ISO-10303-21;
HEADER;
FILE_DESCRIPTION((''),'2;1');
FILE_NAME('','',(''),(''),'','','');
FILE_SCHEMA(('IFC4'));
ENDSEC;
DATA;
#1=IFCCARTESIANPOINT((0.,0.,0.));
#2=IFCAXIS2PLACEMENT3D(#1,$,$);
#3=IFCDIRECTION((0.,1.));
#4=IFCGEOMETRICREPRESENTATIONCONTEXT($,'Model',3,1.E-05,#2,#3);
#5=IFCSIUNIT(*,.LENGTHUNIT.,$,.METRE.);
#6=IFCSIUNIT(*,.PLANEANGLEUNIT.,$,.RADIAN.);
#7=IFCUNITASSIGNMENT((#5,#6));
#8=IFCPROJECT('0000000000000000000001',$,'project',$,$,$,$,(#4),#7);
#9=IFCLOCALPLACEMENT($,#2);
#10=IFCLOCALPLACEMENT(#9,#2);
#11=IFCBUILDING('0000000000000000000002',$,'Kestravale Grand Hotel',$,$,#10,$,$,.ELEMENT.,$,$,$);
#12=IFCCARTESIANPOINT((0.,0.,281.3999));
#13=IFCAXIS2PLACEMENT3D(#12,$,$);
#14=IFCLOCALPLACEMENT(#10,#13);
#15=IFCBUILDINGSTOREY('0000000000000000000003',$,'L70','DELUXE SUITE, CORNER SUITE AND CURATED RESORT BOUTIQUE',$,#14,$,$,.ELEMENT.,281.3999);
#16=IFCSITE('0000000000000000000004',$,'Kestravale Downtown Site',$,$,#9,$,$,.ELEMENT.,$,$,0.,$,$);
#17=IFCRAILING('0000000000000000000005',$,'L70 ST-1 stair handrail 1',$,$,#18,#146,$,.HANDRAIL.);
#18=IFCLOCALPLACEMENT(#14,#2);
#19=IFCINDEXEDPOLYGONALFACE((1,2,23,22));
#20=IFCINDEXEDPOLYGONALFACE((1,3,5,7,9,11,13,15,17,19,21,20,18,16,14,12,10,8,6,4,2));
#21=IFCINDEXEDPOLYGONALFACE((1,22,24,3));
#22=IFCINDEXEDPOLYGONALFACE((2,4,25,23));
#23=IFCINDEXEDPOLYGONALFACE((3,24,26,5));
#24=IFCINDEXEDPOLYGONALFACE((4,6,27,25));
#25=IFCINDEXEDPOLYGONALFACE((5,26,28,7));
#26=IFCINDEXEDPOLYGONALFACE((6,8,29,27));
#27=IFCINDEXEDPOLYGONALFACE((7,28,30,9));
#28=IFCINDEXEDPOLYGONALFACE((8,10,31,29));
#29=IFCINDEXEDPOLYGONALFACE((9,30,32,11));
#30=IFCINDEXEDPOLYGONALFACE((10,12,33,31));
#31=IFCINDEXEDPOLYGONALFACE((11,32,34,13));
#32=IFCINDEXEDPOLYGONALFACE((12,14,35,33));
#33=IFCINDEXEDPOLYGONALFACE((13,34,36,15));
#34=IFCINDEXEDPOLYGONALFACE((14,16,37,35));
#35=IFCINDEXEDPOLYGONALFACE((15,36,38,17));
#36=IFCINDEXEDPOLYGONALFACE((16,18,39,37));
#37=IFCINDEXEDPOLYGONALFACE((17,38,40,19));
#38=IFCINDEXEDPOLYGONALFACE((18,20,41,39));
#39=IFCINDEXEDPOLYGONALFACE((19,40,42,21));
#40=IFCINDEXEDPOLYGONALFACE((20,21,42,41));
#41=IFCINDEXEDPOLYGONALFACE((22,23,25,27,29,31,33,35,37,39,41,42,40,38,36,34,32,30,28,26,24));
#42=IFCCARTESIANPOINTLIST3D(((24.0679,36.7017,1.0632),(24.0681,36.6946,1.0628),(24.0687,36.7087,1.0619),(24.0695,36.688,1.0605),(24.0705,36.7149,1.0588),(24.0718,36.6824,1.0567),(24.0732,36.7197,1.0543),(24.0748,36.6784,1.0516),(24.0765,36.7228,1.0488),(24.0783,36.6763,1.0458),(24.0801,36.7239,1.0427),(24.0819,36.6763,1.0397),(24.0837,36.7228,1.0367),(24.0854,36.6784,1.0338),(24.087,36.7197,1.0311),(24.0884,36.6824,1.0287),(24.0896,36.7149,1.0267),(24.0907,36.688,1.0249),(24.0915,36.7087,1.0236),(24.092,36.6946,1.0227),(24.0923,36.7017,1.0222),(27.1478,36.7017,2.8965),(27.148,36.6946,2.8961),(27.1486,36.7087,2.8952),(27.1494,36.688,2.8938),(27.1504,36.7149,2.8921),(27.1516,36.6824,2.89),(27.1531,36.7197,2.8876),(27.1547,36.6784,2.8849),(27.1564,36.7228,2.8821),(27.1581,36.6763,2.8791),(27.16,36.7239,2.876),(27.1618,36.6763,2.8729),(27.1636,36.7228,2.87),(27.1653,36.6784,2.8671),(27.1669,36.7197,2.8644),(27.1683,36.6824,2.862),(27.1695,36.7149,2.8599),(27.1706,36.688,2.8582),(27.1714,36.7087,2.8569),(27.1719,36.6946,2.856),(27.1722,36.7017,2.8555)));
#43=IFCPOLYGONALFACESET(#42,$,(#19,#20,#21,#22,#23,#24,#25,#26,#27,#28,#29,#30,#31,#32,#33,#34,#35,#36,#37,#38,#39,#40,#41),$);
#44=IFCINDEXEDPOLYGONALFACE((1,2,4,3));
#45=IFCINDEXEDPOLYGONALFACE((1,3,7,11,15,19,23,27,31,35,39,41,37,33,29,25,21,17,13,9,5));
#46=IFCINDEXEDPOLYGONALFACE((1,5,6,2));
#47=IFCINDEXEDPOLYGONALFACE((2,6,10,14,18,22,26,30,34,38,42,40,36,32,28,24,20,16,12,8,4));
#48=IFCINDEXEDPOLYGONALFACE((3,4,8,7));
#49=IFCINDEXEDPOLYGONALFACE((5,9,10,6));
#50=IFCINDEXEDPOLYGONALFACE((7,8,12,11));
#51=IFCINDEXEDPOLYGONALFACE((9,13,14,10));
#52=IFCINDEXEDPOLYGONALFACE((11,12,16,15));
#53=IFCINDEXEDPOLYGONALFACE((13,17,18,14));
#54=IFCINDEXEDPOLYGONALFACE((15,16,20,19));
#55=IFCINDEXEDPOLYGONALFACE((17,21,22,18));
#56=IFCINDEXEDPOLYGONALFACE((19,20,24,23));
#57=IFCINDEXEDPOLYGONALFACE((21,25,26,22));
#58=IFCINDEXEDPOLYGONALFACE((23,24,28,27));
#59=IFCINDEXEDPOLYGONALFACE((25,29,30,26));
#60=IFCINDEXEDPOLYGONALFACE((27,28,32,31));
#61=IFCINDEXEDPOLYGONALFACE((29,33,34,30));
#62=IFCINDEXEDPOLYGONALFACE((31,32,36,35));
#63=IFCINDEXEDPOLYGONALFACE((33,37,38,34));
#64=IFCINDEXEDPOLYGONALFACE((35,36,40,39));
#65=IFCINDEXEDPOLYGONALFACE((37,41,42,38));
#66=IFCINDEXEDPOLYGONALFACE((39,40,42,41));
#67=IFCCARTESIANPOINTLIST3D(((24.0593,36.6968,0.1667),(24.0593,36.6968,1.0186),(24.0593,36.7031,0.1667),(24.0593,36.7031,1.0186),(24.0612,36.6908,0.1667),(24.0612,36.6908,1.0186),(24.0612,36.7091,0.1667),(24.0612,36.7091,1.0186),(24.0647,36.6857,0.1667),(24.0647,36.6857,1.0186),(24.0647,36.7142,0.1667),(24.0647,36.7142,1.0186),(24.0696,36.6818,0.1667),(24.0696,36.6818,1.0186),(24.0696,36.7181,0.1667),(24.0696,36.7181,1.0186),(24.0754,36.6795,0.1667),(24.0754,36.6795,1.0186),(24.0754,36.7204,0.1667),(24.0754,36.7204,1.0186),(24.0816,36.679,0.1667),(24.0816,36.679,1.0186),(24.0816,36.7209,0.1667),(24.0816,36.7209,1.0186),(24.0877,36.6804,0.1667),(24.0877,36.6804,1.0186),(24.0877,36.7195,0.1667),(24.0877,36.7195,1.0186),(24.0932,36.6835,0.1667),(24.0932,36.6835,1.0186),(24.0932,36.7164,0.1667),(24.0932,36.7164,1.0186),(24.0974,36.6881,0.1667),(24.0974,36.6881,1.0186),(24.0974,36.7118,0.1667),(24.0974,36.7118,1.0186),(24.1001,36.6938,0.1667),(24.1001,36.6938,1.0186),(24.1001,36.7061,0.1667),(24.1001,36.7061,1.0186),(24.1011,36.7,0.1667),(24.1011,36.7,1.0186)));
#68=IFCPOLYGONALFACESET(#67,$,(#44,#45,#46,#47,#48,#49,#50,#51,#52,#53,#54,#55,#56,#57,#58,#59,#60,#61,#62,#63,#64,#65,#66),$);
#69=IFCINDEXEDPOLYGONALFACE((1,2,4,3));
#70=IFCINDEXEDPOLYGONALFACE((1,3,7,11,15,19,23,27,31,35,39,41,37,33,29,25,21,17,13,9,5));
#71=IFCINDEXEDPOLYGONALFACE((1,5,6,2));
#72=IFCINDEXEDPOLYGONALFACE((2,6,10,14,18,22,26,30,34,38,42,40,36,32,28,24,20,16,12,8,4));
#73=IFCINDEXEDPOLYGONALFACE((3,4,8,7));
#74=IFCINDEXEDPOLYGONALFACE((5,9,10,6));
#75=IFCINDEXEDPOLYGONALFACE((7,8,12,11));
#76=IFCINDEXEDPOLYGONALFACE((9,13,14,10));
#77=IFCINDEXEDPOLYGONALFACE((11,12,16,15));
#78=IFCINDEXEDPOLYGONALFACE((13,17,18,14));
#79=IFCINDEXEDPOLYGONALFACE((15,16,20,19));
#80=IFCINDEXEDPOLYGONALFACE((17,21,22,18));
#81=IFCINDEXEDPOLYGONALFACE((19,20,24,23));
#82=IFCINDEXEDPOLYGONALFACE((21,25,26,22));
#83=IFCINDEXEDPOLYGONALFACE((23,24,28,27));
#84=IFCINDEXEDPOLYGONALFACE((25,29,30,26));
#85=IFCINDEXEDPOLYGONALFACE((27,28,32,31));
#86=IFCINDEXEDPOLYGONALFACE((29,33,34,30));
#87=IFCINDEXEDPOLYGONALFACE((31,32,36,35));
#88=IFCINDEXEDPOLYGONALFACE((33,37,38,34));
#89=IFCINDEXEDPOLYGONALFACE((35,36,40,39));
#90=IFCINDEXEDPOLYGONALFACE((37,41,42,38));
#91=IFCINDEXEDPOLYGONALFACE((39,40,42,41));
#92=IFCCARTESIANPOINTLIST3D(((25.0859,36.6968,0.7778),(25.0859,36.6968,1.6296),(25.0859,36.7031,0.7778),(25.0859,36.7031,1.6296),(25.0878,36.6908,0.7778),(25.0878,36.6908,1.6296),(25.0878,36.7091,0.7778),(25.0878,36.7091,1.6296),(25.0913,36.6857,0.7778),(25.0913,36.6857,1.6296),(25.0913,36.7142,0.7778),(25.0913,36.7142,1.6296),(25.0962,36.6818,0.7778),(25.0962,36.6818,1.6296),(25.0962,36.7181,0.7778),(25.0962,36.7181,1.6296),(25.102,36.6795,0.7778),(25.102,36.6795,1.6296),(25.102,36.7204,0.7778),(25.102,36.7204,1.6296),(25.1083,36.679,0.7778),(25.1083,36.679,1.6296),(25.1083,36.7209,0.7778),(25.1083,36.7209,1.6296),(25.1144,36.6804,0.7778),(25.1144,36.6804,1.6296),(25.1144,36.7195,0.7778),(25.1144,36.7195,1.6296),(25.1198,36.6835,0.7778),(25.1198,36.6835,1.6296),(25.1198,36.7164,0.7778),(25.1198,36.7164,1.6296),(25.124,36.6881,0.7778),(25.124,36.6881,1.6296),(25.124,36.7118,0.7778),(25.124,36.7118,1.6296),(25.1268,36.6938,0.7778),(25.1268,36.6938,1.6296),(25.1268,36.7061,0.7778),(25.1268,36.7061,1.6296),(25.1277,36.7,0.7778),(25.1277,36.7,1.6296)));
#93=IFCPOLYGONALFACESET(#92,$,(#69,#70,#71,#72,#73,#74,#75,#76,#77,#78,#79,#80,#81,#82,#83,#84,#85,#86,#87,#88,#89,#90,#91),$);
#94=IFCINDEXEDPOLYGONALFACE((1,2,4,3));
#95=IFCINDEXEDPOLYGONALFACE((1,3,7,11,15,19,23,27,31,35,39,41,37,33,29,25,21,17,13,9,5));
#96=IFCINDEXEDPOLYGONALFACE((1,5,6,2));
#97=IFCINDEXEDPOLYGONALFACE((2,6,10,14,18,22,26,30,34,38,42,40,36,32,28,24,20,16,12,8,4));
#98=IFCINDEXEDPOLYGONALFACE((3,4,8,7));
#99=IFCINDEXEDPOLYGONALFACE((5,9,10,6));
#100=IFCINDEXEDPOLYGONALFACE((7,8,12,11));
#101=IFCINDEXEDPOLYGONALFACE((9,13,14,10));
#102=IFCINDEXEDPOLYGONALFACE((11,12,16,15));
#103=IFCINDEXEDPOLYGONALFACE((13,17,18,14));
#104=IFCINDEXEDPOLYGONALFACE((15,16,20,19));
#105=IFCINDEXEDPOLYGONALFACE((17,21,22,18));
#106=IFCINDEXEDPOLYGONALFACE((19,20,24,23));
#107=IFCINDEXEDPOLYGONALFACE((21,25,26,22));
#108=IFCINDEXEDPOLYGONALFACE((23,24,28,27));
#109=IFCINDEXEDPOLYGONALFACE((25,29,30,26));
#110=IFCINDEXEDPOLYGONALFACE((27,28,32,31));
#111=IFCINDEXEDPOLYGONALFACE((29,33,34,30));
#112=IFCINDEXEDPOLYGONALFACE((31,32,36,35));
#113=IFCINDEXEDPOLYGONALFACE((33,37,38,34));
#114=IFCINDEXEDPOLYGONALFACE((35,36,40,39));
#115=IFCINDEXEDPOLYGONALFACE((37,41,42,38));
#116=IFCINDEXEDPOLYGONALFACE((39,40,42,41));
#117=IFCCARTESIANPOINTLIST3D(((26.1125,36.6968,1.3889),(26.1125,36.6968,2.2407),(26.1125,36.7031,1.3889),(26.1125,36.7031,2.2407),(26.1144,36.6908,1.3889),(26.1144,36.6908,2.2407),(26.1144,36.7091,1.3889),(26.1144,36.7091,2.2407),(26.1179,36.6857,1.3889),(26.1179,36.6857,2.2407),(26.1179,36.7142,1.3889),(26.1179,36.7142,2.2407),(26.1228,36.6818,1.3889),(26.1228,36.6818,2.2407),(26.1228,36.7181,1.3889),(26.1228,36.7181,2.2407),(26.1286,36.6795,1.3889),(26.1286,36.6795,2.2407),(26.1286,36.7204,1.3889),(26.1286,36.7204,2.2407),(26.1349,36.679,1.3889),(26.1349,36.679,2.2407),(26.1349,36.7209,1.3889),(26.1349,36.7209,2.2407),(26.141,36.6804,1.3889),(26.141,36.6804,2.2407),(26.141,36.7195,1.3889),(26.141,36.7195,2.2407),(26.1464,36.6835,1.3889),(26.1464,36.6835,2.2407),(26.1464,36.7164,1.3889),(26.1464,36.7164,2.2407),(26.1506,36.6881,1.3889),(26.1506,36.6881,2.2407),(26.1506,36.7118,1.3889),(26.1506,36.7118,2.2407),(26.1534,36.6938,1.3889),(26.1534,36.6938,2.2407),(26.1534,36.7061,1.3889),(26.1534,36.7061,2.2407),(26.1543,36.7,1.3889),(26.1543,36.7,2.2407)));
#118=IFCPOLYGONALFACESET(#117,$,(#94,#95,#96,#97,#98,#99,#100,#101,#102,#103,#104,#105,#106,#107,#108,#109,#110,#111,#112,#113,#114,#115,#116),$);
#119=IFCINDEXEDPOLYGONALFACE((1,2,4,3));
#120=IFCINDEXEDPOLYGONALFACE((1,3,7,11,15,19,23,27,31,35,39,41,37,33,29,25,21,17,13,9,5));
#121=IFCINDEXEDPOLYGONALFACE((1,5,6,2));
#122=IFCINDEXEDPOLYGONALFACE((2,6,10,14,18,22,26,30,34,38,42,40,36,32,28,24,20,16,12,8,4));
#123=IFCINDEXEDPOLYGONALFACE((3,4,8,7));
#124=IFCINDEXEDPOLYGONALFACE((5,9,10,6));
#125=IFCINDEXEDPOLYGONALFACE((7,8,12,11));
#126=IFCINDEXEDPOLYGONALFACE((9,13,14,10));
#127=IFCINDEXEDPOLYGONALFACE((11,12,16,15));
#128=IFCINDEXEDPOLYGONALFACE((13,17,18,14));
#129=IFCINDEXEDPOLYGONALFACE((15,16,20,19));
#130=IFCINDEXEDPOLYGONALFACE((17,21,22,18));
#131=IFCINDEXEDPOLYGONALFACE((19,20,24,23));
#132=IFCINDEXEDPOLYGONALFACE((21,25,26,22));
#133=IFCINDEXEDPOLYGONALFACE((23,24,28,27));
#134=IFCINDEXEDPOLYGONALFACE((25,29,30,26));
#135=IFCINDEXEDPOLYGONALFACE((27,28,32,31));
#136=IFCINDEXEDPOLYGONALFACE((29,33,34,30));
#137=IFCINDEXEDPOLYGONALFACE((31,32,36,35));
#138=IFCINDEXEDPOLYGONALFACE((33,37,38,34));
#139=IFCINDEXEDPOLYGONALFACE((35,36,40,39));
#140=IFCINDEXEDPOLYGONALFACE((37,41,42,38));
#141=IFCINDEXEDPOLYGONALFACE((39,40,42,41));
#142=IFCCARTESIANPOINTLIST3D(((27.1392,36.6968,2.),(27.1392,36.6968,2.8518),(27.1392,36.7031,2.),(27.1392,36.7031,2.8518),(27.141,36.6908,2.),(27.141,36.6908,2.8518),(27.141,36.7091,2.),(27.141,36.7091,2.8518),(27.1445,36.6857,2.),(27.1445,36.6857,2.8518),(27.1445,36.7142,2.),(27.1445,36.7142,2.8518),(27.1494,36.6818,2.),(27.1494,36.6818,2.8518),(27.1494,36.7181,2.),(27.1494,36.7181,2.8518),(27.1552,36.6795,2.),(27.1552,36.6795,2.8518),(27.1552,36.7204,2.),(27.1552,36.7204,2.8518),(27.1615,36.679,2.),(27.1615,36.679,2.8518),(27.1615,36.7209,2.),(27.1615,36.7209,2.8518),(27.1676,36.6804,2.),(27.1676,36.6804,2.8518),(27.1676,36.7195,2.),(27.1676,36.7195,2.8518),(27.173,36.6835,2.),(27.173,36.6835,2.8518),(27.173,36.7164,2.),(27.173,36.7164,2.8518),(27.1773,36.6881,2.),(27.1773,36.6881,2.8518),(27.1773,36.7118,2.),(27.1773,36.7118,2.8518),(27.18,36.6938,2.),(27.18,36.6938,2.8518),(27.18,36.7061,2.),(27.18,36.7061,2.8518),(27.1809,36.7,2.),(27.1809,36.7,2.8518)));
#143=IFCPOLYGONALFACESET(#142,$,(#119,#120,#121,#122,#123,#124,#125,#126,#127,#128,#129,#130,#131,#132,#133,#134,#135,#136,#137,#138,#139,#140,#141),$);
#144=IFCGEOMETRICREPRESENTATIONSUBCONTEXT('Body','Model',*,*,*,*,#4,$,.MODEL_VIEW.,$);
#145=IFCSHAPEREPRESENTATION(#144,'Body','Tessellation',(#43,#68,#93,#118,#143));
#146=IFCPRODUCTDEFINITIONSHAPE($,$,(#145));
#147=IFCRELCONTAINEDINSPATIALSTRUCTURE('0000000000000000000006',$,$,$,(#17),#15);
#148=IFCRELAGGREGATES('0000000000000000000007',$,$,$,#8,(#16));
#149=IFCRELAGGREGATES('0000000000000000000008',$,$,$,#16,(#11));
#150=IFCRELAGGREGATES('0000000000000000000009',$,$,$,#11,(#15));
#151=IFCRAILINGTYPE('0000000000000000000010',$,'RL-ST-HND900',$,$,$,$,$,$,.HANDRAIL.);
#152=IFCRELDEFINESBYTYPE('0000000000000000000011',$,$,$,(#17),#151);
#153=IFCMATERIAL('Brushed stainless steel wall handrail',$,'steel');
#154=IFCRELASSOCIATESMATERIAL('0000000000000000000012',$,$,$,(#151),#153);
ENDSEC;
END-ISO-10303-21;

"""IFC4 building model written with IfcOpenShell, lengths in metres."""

from ifc_helpers import new_model, si_unit, direction, frame, origin, origin_2d, place, context, subcontext, project, spatial, circle, extrude, material, type_object, element, save


model = new_model("IFC4")

# Units and contexts
model_context = context("Model", 3, precision=1e-05, world=origin(), true_north=direction((0.0, 1.0)))
body_context = subcontext(model_context, "Body", "Model", "MODEL_VIEW")
ifc_project = project(units=[si_unit("LENGTHUNIT", "METRE"), si_unit("PLANEANGLEUNIT", "RADIAN")], contexts=[model_context])

# Site, building, storey
site_placement = place(None, origin())
site = spatial("IfcSite", under=ifc_project, at=site_placement, Name="Kestravale Downtown Site", CompositionType="ELEMENT", RefElevation=0.0)
building_placement = place(site_placement, origin())
building = spatial("IfcBuilding", under=site, at=building_placement, Name="Kestravale Grand Hotel", CompositionType="ELEMENT")
storey_placement = place(building_placement, frame((0.0, 0.0, 281.3999)))
storey = spatial("IfcBuildingStorey", under=building, at=storey_placement, Name="L70", Description="DELUXE SUITE, CORNER SUITE AND CURATED RESORT BOUTIQUE", CompositionType="ELEMENT", Elevation=281.3999)

# Railing
ifc_material_1 = material(Name="Brushed stainless steel wall handrail", Category="steel")
railing_type_1 = type_object("IfcRailingType", Name="RL-ST-HND900", PredefinedType="HANDRAIL", material=ifc_material_1)
railing_1_placement = place(storey_placement, frame((24.0801, 36.7, 0.1667)))
element("IfcRailing", 1, at=railing_1_placement, inside=storey, type_object=railing_type_1, Name="L70 ST-1 stair handrail 1", PredefinedType="HANDRAIL", context=body_context, shape_type="SweptSolid", body=[
    extrude(circle(Radius=0.0239, at=origin_2d()), frame((0.0, 0.0, 0.876), z_axis=(0.859291, 0.0, 0.511487), x_axis=(0.0, 1.0, 0.0)), (0.0, 0.0, 1.0), 3.5842),
    extrude(circle(Radius=0.021, at=origin_2d()), origin(), (0.0, 0.0, 1.0), 0.8518),
    extrude(circle(Radius=0.021, at=origin_2d()), frame((1.0266, 0.0, 0.6111)), (0.0, 0.0, 1.0), 0.8518),
    extrude(circle(Radius=0.021, at=origin_2d()), frame((2.0532, 0.0, 1.2222)), (0.0, 0.0, 1.0), 0.8518),
    extrude(circle(Radius=0.021, at=origin_2d()), frame((3.0798, 0.0, 1.8333)), (0.0, 0.0, 1.0), 0.8518),
])

save(model, "model.ifc")
